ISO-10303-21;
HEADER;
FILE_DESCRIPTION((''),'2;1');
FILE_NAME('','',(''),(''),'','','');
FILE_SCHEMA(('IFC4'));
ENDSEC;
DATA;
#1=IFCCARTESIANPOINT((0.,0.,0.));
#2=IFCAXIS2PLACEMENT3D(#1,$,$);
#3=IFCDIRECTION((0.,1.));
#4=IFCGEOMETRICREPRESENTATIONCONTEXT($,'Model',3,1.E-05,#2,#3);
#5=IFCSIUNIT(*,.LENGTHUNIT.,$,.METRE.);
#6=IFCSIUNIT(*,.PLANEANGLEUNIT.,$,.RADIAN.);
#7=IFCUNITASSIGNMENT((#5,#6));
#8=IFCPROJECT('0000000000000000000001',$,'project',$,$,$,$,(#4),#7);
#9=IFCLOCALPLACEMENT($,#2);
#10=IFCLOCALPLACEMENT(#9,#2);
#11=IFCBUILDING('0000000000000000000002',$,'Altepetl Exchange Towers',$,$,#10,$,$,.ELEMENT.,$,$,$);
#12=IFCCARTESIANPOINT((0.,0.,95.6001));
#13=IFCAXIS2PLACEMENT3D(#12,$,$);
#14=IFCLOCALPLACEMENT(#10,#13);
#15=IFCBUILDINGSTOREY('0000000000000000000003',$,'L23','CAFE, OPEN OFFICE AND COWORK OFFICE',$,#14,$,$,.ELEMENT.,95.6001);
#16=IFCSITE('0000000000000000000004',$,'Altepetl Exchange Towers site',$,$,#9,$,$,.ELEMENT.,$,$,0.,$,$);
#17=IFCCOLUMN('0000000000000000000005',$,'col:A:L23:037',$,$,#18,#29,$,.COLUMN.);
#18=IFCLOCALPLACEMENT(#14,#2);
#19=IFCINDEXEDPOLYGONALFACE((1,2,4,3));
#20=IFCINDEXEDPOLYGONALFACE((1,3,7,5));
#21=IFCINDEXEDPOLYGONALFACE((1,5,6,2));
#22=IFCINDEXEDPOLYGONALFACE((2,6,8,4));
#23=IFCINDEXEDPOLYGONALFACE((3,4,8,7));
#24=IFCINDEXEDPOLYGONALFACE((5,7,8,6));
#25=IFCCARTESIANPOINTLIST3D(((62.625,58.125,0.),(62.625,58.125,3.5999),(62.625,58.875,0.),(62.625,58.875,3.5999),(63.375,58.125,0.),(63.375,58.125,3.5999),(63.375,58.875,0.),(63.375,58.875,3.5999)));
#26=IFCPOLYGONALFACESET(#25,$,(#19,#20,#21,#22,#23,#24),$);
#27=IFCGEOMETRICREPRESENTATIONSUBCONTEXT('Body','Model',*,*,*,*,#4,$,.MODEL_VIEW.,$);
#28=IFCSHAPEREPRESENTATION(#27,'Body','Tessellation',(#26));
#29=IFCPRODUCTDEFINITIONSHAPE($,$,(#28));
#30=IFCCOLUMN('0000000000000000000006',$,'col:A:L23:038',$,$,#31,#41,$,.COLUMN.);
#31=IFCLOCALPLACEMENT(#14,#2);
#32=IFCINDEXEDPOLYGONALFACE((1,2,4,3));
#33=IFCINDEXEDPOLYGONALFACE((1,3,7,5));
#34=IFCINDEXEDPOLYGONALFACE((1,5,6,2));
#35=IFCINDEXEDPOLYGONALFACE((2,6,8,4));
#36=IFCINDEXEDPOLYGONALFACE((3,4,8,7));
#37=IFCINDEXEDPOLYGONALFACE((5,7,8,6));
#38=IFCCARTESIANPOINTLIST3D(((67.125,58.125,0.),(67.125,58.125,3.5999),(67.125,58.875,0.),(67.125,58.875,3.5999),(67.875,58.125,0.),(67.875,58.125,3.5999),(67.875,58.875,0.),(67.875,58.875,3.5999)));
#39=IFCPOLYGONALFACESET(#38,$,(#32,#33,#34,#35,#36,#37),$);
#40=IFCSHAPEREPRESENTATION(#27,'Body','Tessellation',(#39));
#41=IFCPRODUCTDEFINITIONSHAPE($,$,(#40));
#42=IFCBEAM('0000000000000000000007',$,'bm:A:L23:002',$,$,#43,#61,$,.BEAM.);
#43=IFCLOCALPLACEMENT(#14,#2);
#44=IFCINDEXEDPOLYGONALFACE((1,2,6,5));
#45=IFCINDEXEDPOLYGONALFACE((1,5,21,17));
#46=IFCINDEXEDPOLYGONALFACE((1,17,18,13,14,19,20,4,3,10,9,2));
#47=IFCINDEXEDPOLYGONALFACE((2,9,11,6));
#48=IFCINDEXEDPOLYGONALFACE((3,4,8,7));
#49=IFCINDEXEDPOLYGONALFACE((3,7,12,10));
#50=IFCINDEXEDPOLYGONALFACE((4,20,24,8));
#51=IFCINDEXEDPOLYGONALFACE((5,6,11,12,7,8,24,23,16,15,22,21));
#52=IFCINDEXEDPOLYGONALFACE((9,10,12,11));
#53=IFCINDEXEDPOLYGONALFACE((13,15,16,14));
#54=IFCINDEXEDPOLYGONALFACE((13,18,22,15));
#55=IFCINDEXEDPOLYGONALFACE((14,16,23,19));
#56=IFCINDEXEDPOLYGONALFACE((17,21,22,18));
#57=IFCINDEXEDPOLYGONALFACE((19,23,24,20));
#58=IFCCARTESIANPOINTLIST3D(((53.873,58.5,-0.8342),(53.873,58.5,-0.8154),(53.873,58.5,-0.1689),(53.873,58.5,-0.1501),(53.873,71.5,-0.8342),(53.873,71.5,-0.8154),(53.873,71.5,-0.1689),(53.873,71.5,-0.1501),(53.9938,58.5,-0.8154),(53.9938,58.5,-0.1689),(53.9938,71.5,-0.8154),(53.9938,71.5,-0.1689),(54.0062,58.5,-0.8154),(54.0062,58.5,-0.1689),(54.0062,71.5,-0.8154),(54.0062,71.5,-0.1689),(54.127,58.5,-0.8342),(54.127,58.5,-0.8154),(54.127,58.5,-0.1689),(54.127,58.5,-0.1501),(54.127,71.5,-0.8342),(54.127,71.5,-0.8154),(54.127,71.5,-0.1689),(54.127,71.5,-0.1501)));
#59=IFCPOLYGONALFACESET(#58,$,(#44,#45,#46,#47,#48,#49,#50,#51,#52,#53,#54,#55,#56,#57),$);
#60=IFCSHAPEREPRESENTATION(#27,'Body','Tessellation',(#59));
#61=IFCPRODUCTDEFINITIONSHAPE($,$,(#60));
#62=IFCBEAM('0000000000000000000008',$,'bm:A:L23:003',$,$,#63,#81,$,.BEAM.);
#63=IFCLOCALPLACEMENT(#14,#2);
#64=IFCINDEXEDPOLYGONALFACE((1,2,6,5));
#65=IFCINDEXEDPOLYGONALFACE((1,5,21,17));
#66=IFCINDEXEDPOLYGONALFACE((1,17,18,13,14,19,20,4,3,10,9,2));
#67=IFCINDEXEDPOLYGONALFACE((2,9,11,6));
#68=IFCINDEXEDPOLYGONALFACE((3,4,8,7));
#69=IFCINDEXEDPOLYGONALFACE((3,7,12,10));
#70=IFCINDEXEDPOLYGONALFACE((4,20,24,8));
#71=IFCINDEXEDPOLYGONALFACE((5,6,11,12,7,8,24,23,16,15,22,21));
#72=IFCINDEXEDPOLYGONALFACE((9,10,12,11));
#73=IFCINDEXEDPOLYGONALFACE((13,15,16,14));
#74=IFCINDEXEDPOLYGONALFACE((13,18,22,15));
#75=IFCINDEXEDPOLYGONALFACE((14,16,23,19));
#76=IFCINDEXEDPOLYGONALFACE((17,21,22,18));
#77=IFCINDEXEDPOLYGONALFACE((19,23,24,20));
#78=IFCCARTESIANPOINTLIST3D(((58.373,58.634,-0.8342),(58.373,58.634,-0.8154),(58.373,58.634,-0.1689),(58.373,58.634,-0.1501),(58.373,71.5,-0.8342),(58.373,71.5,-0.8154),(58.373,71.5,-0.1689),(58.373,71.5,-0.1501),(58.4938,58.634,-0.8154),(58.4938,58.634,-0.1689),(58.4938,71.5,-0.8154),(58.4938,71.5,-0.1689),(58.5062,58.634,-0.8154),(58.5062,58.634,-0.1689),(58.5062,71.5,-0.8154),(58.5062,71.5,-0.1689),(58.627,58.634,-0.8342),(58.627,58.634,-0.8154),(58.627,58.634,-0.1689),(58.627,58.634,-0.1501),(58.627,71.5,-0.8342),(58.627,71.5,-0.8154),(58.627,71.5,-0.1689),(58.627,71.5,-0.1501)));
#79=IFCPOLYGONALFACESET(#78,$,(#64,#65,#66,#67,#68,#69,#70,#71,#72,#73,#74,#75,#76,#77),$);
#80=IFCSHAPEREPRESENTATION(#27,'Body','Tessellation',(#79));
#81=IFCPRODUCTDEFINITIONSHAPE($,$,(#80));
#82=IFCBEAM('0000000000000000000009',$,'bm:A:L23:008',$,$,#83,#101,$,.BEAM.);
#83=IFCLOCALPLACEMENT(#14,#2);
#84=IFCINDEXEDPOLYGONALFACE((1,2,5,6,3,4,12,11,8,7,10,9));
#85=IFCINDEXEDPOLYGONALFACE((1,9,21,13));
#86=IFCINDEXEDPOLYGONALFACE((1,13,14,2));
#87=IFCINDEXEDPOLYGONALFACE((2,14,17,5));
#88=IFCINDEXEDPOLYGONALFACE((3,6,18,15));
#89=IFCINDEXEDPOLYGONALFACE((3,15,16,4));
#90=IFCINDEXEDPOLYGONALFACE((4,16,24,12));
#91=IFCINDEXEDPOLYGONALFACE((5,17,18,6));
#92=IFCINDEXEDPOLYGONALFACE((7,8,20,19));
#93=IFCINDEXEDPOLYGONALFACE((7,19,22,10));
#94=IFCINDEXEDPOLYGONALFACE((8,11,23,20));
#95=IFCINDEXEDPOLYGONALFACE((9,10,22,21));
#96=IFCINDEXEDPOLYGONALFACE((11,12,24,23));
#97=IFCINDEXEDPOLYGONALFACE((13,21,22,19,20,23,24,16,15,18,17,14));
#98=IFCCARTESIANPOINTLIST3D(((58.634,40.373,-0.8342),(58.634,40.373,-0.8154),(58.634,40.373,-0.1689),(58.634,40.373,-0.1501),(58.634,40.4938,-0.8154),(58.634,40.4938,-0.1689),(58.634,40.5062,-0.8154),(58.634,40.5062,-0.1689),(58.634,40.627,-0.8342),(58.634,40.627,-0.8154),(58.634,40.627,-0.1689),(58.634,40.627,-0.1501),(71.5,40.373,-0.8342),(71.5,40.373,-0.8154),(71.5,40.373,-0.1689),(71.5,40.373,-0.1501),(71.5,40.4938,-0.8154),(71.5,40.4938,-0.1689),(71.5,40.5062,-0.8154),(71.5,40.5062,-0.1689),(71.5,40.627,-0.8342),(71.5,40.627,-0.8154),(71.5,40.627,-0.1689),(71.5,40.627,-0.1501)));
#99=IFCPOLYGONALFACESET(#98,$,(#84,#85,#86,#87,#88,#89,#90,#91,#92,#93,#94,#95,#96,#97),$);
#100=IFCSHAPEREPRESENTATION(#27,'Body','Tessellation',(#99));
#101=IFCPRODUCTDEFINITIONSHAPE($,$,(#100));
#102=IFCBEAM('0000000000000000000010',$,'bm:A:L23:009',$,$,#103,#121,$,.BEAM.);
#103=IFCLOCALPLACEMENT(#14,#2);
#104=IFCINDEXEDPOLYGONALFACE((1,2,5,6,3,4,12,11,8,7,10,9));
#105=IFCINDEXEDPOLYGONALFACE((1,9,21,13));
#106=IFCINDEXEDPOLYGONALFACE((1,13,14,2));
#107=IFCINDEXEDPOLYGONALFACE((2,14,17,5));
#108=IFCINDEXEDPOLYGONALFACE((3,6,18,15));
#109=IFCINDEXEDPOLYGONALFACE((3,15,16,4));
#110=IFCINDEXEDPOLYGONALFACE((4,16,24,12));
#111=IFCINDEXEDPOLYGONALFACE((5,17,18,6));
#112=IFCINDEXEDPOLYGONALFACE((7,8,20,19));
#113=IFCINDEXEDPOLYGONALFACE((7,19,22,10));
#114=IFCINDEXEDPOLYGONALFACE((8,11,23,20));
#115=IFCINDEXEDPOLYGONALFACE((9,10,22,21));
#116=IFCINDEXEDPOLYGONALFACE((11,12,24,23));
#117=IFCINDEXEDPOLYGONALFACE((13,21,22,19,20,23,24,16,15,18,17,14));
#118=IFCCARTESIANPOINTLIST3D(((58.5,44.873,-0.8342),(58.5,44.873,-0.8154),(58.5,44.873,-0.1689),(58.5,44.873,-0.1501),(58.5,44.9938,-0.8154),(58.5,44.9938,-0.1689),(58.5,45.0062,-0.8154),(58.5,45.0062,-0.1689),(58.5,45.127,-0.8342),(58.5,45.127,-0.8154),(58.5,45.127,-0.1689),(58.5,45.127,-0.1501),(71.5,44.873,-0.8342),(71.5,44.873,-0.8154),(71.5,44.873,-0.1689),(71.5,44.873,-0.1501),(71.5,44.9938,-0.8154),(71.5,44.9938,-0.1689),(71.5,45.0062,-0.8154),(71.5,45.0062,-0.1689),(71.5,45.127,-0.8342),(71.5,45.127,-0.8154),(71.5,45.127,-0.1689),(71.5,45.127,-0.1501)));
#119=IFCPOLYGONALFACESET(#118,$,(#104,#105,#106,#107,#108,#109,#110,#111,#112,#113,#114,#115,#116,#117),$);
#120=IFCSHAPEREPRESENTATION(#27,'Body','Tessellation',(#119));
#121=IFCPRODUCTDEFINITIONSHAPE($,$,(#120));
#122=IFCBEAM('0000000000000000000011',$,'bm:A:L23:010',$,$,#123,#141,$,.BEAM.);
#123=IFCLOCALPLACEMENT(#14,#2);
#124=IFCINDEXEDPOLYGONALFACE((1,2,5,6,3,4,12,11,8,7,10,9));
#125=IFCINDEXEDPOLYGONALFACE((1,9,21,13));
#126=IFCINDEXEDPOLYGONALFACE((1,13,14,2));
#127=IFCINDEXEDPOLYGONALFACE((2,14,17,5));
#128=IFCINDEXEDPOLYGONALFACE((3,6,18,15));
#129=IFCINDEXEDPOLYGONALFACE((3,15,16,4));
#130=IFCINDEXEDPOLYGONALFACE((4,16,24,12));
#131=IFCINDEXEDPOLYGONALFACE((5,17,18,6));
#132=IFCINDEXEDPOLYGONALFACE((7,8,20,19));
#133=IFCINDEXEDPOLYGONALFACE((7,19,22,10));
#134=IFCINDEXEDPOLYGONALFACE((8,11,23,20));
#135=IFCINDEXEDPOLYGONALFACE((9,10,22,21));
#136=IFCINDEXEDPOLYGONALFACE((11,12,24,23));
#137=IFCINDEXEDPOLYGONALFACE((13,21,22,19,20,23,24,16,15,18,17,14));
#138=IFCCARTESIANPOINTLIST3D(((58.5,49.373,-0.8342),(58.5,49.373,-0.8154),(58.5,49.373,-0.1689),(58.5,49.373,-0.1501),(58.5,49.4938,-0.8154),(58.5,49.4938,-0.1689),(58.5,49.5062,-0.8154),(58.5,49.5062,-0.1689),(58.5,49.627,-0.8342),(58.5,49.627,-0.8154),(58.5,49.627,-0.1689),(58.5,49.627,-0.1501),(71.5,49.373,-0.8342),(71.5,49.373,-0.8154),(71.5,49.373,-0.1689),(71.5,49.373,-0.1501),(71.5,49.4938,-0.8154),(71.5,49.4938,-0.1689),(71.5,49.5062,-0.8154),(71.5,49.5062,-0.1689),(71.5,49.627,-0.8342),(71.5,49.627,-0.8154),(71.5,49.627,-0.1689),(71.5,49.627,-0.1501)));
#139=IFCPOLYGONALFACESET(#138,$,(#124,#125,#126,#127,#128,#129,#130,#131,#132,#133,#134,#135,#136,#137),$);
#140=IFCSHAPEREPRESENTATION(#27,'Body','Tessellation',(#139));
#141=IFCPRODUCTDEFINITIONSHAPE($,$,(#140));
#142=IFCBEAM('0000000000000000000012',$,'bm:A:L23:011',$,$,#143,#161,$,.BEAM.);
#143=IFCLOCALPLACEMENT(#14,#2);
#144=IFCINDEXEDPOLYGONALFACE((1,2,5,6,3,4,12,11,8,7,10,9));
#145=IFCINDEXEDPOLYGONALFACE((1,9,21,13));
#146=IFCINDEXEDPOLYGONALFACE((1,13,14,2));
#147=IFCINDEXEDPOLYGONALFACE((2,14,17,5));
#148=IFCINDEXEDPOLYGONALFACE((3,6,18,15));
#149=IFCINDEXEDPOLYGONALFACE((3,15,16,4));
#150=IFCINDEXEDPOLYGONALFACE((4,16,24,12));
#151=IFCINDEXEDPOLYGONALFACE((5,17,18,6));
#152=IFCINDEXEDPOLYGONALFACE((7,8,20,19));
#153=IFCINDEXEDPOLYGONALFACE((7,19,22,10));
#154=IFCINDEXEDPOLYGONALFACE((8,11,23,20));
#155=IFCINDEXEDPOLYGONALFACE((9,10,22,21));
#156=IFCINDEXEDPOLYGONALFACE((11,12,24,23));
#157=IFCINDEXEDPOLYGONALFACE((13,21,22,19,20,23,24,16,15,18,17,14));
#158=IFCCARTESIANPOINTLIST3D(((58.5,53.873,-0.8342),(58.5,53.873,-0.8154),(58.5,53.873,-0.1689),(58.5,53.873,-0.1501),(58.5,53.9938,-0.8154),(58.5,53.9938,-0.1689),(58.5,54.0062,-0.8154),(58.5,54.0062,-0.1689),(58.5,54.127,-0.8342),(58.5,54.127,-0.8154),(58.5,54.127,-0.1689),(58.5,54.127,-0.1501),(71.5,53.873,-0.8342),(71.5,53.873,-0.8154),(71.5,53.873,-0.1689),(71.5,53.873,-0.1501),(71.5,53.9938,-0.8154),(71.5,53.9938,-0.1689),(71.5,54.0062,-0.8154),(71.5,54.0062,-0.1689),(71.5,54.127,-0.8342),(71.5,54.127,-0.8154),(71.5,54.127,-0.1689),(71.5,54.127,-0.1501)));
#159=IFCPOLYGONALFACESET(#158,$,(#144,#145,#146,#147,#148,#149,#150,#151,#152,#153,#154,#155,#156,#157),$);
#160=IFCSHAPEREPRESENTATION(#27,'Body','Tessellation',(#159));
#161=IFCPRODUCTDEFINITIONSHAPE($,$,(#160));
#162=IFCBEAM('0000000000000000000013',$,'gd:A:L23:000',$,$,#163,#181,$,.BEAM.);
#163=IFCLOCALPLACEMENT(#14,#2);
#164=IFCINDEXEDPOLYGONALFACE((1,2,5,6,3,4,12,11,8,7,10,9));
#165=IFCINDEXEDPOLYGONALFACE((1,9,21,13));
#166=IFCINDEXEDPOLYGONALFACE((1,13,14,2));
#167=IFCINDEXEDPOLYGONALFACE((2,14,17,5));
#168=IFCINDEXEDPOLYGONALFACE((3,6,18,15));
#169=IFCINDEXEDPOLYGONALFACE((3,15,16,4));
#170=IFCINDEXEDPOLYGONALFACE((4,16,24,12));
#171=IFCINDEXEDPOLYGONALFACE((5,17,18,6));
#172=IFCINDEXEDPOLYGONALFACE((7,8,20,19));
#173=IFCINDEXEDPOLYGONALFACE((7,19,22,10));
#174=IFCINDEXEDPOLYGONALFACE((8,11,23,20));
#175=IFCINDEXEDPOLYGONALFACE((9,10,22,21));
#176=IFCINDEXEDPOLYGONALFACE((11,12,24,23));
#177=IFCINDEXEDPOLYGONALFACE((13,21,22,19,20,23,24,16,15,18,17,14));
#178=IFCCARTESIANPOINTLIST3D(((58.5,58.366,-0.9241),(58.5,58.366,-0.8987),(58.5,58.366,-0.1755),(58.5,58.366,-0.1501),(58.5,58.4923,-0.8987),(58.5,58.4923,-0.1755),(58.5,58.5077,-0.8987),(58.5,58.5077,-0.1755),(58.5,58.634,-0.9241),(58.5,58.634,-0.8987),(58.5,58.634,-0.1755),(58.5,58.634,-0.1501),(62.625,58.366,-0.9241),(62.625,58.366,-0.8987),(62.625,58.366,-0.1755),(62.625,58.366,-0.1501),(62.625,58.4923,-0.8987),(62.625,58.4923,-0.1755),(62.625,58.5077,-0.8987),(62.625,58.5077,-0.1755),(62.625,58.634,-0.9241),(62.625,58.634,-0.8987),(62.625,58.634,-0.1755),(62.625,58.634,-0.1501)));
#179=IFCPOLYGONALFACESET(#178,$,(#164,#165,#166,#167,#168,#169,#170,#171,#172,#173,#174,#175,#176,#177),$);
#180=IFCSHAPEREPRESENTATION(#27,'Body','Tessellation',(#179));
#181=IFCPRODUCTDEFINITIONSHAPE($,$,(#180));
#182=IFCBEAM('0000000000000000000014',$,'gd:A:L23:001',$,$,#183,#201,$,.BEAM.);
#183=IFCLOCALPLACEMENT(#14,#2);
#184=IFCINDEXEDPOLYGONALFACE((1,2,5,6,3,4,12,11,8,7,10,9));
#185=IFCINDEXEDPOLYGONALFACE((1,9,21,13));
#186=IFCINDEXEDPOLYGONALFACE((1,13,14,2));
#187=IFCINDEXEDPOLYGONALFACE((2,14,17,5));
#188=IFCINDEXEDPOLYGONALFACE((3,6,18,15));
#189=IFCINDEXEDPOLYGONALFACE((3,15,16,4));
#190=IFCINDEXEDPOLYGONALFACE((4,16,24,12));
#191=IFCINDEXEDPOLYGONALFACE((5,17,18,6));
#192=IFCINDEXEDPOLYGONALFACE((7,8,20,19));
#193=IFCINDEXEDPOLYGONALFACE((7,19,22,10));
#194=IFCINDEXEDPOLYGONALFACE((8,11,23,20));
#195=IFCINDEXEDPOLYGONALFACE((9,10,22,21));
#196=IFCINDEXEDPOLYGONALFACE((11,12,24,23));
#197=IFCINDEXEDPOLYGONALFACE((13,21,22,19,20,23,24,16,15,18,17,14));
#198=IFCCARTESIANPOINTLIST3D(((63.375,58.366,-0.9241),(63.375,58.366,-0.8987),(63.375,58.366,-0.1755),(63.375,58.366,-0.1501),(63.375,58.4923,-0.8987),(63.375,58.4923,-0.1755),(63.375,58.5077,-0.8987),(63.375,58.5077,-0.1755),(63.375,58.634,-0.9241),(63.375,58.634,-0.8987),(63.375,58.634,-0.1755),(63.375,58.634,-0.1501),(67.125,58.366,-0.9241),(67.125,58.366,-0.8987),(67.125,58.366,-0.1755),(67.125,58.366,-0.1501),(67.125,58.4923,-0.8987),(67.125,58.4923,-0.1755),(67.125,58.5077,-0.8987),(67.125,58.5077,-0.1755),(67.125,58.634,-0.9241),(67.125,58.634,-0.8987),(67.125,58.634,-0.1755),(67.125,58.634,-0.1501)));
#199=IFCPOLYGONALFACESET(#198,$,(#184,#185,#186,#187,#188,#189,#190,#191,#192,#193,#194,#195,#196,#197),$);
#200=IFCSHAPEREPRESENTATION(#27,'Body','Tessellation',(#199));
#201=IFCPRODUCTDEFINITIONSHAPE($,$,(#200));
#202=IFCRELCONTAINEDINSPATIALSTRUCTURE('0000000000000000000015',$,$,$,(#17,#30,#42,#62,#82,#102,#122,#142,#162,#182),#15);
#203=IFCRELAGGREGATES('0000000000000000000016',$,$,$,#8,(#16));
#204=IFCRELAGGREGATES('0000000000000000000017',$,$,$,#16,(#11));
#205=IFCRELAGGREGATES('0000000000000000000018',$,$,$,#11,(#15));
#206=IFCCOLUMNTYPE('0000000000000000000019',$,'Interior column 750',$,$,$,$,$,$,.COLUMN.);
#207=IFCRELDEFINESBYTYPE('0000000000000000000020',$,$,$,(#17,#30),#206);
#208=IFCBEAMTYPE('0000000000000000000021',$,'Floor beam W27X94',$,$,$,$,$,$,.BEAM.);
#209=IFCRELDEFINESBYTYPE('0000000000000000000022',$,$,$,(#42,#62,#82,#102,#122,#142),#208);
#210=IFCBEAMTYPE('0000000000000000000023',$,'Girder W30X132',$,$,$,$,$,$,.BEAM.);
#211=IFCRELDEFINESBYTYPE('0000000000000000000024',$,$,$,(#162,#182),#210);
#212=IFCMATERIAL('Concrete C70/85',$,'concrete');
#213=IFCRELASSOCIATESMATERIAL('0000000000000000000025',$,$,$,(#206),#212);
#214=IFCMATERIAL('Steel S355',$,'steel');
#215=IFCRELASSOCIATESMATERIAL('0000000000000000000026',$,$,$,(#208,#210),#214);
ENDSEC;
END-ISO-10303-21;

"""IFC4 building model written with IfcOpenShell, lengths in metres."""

from ifc_helpers import new_model, si_unit, direction, frame, origin, origin_2d, place, context, subcontext, project, spatial, rectangle, i_section, extrude, material, material_profile, profile_set, type_object, element, save


model = new_model("IFC4")

# Units and contexts
model_context = context("Model", 3, precision=1e-05, world=origin(), true_north=direction((0.0, 1.0)))
body_context = subcontext(model_context, "Body", "Model", "MODEL_VIEW")
ifc_project = project(units=[si_unit("LENGTHUNIT", "METRE"), si_unit("PLANEANGLEUNIT", "RADIAN")], contexts=[model_context])

# Site, building, storey
site_placement = place(None, origin())
site = spatial("IfcSite", under=ifc_project, at=site_placement, Name="Altepetl Exchange Towers site", CompositionType="ELEMENT", RefElevation=0.0)
building_placement = place(site_placement, origin())
building = spatial("IfcBuilding", under=site, at=building_placement, Name="Altepetl Exchange Towers", CompositionType="ELEMENT")
storey_placement = place(building_placement, frame((0.0, 0.0, 95.6001)))
storey = spatial("IfcBuildingStorey", under=building, at=storey_placement, Name="L23", Description="CAFE, OPEN OFFICE AND COWORK OFFICE", CompositionType="ELEMENT", Elevation=95.6001)

# Columns
ifc_material_1 = material(Name="Concrete C70/85", Category="concrete")
ifc_material_profile_1 = material_profile(ifc_material_1, rectangle(XDim=0.75, YDim=0.75, at=origin_2d()), Name="750 x 750")
ifc_profile_set_1 = profile_set([ifc_material_profile_1], Name="Concrete C70/85")
column_type = type_object("IfcColumnType", Name="Interior column 750", PredefinedType="COLUMN", material=ifc_profile_set_1)
for number, where, name in (
    (1, (63.0, 58.5, 0.0), "col:A:L23:037"),
    (2, (67.5, 58.5, 0.0), "col:A:L23:038"),
):
    element("IfcColumn", number, at=place(storey_placement, frame(where)), inside=storey, type_object=column_type, Name=name, PredefinedType="COLUMN", context=body_context, shape_type="SweptSolid", body=[
        extrude(rectangle(XDim=0.75, YDim=0.75, at=origin_2d()), origin(), (0.0, 0.0, 1.0), 3.5999),
    ])

# Beams
ifc_material_2 = material(Name="Steel S355", Category="steel")
ifc_material_profile_2 = material_profile(ifc_material_2, i_section(OverallWidth=0.2539, OverallDepth=0.6841, WebThickness=0.0125, FlangeThickness=0.0188, at=origin_2d()), Name="W27X94")
ifc_profile_set_2 = profile_set([ifc_material_profile_2], Name="Steel S355")
beam_type_1 = type_object("IfcBeamType", Name="Floor beam W27X94", PredefinedType="BEAM", material=ifc_profile_set_2)
beam_1_placement = place(storey_placement, frame((54.0, 58.5, -0.4922), z_axis=(0.0, 1.0, 0.0), x_axis=(-1.0, 0.0, 0.0)))
element("IfcBeam", 3, at=beam_1_placement, inside=storey, type_object=beam_type_1, Name="bm:A:L23:002", PredefinedType="BEAM", context=body_context, shape_type="SweptSolid", body=[
    extrude(i_section(OverallWidth=0.2539, OverallDepth=0.6841, WebThickness=0.0125, FlangeThickness=0.0188, at=origin_2d()), origin(), (0.0, 0.0, 1.0), 13.0),
])
for number, where, z_axis, x_axis, name in (
    (4, (58.5, 58.634, -0.4922), (0.0, 1.0, 0.0), (-1.0, 0.0, 0.0), "bm:A:L23:003"),
    (5, (58.634, 40.5, -0.4922), (1.0, 0.0, 0.0), (0.0, 1.0, 0.0), "bm:A:L23:008"),
):
    element("IfcBeam", number, at=place(storey_placement, frame(where, z_axis=z_axis, x_axis=x_axis)), inside=storey, type_object=beam_type_1, Name=name, PredefinedType="BEAM", context=body_context, shape_type="SweptSolid", body=[
        extrude(i_section(OverallWidth=0.2539, OverallDepth=0.6841, WebThickness=0.0125, FlangeThickness=0.0188, at=origin_2d()), origin(), (0.0, 0.0, 1.0), 12.866),
    ])
for number, where, z_axis, x_axis, name in (
    (6, (58.5, 45.0, -0.4922), (1.0, 0.0, 0.0), (0.0, 1.0, 0.0), "bm:A:L23:009"),
    (7, (58.5, 49.5, -0.4922), (1.0, 0.0, 0.0), (0.0, 1.0, 0.0), "bm:A:L23:010"),
    (8, (58.5, 54.0, -0.4922), (1.0, 0.0, 0.0), (0.0, 1.0, 0.0), "bm:A:L23:011"),
):
    element("IfcBeam", number, at=place(storey_placement, frame(where, z_axis=z_axis, x_axis=x_axis)), inside=storey, type_object=beam_type_1, Name=name, PredefinedType="BEAM", context=body_context, shape_type="SweptSolid", body=[
        extrude(i_section(OverallWidth=0.2539, OverallDepth=0.6841, WebThickness=0.0125, FlangeThickness=0.0188, at=origin_2d()), origin(), (0.0, 0.0, 1.0), 13.0),
    ])
ifc_material_profile_3 = material_profile(ifc_material_2, i_section(OverallWidth=0.2681, OverallDepth=0.7739, WebThickness=0.0154, FlangeThickness=0.0254, at=origin_2d()), Name="W30X132")
ifc_profile_set_3 = profile_set([ifc_material_profile_3], Name="Steel S355")
beam_type_2 = type_object("IfcBeamType", Name="Girder W30X132", PredefinedType="BEAM", material=ifc_profile_set_3)
beam_2_placement = place(storey_placement, frame((58.5, 58.5, -0.5371), z_axis=(1.0, 0.0, 0.0), x_axis=(0.0, 1.0, 0.0)))
element("IfcBeam", 9, at=beam_2_placement, inside=storey, type_object=beam_type_2, Name="gd:A:L23:000", PredefinedType="BEAM", context=body_context, shape_type="SweptSolid", body=[
    extrude(i_section(OverallWidth=0.2681, OverallDepth=0.7739, WebThickness=0.0154, FlangeThickness=0.0254, at=origin_2d()), origin(), (0.0, 0.0, 1.0), 4.125),
])
beam_3_placement = place(storey_placement, frame((63.375, 58.5, -0.5371), z_axis=(1.0, 0.0, 0.0), x_axis=(0.0, 1.0, 0.0)))
element("IfcBeam", 10, at=beam_3_placement, inside=storey, type_object=beam_type_2, Name="gd:A:L23:001", PredefinedType="BEAM", context=body_context, shape_type="SweptSolid", body=[
    extrude(i_section(OverallWidth=0.2681, OverallDepth=0.7739, WebThickness=0.0154, FlangeThickness=0.0254, at=origin_2d()), origin(), (0.0, 0.0, 1.0), 3.75),
])

save(model, "model.ifc")
